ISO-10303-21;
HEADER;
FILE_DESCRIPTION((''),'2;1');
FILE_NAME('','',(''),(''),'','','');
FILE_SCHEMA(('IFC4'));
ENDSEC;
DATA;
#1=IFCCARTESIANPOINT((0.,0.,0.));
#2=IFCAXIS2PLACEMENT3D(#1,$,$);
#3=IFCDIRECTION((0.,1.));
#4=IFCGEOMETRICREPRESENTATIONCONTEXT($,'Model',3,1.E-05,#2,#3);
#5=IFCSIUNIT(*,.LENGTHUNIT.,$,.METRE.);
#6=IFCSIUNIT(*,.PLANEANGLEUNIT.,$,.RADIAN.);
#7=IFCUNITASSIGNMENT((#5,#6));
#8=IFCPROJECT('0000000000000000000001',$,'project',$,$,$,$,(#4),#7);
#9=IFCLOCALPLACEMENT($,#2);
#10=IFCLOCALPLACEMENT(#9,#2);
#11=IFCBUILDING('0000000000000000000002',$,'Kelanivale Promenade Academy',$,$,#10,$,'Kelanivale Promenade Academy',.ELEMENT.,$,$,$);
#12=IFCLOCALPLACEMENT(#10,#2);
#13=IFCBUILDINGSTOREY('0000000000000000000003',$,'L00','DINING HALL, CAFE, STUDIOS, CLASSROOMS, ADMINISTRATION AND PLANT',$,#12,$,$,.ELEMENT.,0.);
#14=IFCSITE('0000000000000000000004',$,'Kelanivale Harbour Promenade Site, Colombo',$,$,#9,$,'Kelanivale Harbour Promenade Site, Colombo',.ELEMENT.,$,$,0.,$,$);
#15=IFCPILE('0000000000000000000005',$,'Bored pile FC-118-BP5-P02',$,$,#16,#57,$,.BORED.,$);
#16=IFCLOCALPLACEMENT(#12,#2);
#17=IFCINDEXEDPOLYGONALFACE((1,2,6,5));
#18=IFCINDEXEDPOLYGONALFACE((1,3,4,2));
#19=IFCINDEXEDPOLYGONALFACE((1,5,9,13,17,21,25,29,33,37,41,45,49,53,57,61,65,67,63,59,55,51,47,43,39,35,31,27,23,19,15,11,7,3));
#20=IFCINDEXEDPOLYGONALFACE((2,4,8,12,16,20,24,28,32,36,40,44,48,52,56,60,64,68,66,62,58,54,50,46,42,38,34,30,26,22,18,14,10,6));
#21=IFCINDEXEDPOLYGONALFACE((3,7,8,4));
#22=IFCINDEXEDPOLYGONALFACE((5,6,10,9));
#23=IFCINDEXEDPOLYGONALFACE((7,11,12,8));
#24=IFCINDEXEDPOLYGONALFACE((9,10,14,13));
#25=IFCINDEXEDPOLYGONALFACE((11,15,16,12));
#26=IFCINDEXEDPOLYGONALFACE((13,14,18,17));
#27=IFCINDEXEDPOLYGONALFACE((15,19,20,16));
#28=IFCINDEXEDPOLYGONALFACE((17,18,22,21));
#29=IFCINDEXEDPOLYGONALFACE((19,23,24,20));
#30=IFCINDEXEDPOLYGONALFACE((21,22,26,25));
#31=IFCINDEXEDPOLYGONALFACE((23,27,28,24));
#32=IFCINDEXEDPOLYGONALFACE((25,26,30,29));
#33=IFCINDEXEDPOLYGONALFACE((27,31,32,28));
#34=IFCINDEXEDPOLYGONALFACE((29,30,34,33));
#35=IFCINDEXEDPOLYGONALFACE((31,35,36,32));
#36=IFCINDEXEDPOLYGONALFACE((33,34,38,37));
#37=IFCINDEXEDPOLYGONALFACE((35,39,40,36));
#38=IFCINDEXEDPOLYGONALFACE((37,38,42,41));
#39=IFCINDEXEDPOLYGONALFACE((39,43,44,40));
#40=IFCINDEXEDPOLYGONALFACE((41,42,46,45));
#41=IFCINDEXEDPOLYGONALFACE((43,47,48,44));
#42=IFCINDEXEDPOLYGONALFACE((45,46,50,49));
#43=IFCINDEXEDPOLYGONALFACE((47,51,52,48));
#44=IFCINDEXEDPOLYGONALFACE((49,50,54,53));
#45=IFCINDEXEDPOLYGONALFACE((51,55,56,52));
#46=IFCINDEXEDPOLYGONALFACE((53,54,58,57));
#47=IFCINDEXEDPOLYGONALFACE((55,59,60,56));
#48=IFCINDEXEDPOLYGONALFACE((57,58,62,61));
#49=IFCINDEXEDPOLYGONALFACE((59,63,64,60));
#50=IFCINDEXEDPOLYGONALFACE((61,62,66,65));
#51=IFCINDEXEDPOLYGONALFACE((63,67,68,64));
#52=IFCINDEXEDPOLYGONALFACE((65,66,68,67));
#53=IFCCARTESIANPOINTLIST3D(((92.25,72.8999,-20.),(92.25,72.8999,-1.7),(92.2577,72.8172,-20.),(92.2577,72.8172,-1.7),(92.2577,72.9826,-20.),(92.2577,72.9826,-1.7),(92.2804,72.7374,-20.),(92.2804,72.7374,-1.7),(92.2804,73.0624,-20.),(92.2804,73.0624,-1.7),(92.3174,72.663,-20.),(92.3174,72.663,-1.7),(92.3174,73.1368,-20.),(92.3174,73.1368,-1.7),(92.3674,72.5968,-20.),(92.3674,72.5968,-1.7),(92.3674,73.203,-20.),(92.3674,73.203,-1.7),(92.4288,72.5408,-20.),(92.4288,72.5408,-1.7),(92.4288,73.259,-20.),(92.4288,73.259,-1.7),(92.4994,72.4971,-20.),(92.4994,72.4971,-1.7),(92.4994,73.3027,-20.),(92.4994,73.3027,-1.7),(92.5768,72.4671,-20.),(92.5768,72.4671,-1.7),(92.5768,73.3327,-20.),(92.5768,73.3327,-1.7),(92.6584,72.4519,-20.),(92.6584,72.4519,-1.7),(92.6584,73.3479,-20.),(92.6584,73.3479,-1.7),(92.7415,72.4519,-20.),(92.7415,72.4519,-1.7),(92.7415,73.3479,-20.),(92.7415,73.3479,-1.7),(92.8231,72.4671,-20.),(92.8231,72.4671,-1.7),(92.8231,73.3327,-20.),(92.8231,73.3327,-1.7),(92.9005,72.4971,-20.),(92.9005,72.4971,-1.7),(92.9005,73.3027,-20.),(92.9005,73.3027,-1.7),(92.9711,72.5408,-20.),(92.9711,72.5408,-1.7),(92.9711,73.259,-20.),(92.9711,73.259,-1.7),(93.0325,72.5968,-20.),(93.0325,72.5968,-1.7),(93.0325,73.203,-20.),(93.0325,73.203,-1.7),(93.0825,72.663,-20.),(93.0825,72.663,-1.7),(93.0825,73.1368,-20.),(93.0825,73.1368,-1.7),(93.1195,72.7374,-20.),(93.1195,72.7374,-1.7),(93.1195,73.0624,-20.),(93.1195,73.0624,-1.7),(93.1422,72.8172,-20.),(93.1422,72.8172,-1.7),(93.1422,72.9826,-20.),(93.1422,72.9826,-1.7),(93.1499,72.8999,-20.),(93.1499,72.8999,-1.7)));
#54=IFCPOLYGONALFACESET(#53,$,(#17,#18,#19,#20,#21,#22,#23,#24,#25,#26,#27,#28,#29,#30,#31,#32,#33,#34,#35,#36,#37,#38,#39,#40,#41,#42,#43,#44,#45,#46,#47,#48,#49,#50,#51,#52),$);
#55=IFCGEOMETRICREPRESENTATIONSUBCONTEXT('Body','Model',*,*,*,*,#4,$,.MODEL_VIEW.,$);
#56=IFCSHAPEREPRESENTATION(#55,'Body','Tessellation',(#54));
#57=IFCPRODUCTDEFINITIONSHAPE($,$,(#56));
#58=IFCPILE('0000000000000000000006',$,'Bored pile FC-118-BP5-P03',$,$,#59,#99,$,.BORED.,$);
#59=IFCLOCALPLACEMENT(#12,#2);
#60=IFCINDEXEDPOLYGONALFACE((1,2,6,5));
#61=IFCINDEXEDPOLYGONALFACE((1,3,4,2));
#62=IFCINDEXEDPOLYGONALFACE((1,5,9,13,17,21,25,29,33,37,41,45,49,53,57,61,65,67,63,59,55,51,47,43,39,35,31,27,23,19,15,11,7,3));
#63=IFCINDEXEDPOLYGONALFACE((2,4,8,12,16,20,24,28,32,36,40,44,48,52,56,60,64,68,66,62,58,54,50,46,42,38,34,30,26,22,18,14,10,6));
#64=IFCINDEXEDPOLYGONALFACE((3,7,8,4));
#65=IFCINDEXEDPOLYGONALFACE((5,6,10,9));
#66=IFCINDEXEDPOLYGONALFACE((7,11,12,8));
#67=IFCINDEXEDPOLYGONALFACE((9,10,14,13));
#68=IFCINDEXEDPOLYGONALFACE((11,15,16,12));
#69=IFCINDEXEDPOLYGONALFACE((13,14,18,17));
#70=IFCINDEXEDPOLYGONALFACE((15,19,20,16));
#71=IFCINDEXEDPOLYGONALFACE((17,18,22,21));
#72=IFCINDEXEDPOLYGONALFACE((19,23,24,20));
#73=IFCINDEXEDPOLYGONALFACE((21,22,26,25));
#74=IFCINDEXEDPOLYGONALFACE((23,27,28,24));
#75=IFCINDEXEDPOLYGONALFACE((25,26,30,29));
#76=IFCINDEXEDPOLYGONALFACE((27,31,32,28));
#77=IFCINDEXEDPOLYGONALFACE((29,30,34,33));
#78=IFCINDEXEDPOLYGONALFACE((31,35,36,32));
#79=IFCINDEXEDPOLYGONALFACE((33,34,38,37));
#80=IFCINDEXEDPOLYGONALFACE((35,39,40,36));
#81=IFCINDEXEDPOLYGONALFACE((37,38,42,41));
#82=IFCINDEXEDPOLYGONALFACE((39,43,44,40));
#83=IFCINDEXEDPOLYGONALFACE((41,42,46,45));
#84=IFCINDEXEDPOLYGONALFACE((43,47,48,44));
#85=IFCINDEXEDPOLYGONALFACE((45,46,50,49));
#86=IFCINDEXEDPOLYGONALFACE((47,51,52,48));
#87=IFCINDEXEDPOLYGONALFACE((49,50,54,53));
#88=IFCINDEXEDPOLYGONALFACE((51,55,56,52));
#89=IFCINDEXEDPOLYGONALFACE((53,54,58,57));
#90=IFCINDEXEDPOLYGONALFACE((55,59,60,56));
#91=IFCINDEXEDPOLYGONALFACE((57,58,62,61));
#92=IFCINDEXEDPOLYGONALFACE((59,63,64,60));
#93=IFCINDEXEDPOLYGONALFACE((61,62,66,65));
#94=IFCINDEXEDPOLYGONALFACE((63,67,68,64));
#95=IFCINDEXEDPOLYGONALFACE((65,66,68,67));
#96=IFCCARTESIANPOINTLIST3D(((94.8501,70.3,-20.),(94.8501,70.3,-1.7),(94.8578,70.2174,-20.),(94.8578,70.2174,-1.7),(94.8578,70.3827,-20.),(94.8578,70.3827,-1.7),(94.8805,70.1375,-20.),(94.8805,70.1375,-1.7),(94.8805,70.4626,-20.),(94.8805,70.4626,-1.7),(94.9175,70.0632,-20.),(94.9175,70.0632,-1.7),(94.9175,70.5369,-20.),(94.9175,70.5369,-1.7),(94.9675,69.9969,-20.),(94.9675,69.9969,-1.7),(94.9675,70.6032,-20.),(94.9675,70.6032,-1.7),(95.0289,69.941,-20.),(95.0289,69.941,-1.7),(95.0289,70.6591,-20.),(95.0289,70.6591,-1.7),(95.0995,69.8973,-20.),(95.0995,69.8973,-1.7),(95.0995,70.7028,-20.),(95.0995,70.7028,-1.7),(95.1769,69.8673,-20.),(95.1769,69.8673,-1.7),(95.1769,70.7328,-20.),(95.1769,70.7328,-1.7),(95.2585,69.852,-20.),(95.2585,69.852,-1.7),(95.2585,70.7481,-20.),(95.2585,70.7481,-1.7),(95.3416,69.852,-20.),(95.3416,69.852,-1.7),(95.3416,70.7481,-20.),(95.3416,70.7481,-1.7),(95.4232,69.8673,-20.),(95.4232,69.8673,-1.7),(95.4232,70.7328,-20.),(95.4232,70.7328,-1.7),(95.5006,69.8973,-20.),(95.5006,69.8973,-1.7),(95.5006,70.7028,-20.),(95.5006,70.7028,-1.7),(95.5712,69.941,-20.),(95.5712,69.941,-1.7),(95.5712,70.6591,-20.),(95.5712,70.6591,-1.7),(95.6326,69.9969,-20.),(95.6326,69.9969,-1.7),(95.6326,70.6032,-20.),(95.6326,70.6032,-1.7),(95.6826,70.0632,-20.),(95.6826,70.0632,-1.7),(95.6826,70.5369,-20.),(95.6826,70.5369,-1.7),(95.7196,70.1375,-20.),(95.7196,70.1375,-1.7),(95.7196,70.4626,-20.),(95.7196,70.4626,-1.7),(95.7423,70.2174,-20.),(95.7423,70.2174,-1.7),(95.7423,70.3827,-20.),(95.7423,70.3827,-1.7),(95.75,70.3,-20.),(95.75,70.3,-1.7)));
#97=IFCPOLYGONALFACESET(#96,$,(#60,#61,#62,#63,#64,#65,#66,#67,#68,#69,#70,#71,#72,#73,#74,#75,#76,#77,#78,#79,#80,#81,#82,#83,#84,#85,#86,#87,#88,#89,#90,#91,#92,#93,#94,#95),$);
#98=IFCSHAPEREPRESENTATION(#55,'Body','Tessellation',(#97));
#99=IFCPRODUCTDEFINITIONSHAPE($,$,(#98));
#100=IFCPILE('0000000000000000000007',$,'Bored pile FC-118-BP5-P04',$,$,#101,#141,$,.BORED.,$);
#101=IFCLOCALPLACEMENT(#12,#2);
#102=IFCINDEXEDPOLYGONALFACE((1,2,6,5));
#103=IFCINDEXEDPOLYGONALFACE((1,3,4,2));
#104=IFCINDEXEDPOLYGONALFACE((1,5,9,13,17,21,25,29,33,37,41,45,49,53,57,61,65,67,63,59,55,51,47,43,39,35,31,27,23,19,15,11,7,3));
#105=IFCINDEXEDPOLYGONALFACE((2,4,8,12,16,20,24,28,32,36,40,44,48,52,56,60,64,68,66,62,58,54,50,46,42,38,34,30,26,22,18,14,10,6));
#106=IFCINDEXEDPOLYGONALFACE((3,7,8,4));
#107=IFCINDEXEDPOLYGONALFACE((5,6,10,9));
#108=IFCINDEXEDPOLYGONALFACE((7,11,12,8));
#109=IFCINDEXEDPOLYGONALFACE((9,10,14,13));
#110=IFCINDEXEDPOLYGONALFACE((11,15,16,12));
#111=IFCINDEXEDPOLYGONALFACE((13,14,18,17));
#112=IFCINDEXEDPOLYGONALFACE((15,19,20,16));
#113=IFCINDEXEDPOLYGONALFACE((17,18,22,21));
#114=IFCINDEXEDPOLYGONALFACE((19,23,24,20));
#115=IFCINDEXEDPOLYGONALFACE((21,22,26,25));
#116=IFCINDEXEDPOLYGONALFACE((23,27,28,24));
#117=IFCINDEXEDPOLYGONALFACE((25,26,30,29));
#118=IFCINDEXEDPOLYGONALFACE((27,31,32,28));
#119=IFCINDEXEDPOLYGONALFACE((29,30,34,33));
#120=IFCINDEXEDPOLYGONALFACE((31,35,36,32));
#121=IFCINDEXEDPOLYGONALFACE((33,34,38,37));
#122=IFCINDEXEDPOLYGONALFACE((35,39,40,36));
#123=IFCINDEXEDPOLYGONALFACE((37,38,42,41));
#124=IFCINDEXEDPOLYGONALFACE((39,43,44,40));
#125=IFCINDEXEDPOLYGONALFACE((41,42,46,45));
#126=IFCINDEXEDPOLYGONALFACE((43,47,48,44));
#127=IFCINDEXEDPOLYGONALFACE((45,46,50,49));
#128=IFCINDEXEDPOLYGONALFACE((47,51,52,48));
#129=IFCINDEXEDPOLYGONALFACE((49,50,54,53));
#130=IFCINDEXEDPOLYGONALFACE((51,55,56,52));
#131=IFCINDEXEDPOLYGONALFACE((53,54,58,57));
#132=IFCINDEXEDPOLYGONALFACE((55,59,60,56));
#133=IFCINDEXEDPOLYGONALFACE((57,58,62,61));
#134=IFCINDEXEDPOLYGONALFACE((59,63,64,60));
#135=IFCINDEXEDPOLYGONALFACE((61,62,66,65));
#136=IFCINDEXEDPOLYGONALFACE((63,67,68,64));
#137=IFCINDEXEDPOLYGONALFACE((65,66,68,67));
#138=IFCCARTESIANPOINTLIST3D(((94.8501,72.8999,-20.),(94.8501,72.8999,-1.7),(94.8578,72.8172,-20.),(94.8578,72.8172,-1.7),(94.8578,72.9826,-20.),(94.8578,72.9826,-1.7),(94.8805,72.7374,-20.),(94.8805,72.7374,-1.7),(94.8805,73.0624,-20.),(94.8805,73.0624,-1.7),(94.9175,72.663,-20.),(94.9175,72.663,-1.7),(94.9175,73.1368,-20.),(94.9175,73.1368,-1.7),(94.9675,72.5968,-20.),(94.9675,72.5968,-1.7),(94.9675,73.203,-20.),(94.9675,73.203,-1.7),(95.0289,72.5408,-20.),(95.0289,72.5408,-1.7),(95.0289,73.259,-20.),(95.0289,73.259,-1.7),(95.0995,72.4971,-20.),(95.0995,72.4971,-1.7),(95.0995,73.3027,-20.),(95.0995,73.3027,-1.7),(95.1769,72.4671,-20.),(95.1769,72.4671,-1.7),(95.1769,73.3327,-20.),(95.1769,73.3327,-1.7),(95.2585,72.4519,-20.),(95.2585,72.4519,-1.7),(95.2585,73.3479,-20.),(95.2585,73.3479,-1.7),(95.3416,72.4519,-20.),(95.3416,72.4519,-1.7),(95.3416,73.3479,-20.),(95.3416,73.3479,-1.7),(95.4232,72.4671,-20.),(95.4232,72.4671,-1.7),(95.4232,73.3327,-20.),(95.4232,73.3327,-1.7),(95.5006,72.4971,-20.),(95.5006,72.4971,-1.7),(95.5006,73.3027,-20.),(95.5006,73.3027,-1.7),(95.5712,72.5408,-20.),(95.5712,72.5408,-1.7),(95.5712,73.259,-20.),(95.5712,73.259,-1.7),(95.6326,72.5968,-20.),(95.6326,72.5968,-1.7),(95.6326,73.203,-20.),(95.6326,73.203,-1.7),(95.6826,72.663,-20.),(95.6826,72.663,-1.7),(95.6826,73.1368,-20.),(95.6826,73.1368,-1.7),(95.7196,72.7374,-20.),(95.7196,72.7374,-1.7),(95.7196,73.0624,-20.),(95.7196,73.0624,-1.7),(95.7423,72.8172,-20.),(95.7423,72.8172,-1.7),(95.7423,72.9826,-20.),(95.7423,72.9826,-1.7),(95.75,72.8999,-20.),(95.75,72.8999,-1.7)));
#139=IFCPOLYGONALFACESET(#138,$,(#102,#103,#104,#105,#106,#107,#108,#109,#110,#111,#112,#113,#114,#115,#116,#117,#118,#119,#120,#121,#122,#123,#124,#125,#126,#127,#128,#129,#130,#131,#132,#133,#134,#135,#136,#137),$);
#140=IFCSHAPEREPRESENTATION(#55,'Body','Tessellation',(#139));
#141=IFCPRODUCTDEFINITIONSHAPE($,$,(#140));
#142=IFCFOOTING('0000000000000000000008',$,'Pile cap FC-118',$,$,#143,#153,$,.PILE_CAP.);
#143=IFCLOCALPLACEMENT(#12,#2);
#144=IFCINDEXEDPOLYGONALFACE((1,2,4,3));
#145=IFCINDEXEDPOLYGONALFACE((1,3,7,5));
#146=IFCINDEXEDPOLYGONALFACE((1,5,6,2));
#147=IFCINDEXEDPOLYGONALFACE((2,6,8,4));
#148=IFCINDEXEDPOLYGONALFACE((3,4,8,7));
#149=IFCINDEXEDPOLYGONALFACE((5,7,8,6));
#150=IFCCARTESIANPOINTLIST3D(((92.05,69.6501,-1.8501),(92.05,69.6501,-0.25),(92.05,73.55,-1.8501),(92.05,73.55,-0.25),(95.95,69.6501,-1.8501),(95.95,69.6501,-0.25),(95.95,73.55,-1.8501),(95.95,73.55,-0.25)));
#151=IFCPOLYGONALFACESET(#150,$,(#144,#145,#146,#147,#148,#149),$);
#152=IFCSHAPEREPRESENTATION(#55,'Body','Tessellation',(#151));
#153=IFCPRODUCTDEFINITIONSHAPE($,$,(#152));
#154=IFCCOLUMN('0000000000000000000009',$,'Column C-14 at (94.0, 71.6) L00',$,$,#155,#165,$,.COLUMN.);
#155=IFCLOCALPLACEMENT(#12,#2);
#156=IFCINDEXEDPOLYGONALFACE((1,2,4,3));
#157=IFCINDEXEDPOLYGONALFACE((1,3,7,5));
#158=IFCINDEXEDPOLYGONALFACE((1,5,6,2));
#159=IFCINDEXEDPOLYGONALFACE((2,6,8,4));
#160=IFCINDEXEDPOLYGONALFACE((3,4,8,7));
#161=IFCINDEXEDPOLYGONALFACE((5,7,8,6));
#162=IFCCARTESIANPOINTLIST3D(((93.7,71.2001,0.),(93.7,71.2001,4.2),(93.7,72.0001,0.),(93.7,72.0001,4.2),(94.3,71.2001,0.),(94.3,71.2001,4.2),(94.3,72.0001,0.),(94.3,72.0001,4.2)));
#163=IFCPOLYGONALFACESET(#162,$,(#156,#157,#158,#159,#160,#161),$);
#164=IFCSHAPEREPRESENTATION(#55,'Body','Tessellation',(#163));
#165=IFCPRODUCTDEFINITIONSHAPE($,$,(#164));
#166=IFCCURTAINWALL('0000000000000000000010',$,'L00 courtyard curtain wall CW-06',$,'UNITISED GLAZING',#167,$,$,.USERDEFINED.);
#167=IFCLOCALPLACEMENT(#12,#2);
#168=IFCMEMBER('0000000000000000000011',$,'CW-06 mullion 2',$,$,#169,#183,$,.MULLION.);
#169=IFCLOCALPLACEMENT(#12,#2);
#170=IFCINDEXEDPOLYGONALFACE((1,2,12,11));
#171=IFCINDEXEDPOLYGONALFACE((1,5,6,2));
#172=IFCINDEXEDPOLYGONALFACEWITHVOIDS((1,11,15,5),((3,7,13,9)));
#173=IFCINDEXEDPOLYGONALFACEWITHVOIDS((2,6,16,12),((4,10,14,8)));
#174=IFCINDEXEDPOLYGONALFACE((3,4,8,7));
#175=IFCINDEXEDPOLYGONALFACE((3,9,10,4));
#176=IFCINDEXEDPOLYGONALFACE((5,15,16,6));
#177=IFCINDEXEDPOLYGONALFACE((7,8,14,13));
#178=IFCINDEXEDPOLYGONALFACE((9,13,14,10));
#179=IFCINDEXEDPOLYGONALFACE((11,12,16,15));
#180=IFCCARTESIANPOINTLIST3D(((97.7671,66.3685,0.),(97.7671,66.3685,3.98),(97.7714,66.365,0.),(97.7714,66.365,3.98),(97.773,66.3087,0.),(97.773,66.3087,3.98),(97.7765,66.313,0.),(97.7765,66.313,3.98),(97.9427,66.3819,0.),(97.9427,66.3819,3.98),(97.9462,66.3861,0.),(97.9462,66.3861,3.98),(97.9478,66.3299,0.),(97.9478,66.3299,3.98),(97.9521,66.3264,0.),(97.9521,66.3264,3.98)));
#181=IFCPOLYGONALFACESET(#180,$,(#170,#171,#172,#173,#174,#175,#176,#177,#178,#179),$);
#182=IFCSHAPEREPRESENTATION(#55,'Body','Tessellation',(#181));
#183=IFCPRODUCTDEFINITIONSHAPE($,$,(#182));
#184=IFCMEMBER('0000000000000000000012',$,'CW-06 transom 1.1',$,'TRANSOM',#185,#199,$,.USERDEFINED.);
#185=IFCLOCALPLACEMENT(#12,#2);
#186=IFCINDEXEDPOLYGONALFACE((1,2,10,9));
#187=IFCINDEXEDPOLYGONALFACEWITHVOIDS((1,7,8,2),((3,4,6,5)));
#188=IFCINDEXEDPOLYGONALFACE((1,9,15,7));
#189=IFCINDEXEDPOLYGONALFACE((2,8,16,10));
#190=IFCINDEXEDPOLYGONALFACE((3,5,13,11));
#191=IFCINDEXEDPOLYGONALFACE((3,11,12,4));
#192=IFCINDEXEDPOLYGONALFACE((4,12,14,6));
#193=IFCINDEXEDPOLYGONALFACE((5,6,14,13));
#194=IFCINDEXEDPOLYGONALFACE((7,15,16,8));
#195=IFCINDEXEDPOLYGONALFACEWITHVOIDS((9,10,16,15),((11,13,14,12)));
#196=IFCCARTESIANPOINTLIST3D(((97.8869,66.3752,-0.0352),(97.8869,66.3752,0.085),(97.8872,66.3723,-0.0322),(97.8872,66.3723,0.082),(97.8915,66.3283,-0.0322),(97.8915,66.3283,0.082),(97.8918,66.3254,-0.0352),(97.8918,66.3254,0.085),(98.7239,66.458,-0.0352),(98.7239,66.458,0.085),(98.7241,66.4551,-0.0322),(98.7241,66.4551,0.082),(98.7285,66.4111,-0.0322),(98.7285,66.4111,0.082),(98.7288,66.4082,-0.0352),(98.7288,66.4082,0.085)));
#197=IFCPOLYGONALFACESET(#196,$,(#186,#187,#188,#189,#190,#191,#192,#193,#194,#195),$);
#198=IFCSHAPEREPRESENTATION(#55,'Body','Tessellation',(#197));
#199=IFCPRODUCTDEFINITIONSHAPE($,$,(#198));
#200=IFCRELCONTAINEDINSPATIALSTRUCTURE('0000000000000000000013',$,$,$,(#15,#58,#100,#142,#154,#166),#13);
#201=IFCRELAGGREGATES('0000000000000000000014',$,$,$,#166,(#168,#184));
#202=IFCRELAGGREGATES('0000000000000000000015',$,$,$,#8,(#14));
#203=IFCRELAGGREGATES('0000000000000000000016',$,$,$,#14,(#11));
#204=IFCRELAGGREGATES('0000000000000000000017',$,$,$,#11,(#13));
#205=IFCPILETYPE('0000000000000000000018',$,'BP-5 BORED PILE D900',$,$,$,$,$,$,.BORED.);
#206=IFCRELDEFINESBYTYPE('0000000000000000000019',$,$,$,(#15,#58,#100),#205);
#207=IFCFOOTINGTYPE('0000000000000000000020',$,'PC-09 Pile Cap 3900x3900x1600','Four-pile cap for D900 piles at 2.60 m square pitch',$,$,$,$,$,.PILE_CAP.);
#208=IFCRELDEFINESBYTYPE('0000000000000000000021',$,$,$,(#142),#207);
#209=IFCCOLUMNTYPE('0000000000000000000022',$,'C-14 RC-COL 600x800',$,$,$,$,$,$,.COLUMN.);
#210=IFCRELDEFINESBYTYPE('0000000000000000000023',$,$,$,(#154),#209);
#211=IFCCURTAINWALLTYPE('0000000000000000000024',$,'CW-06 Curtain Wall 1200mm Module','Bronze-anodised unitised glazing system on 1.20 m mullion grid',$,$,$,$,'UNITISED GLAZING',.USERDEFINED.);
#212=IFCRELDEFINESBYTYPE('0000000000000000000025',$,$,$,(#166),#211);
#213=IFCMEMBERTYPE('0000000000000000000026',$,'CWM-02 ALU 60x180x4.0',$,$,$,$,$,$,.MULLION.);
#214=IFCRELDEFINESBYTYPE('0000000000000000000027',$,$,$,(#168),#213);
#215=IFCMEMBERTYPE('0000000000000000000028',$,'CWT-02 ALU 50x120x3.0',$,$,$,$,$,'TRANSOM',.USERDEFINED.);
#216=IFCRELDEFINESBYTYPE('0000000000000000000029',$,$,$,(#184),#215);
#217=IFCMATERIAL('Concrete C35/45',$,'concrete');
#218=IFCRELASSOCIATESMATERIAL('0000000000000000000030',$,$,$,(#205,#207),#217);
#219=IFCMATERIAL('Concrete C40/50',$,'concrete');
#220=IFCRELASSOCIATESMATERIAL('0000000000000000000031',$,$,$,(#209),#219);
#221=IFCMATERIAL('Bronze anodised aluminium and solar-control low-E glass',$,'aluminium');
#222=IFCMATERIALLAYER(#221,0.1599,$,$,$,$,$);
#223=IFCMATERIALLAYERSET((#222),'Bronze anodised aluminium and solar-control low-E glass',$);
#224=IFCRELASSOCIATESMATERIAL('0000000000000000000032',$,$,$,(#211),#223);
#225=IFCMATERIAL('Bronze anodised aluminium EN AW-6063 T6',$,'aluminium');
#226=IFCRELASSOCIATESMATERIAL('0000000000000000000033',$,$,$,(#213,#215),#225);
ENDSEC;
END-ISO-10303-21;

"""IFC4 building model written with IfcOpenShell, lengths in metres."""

from ifc_helpers import new_model, si_unit, direction, frame, origin, origin_2d, place, context, subcontext, project, spatial, rectangle, hollow_rectangle, circle, extrude, material, layer, layer_set, material_profile, profile_set, type_object, element, aggregate, save


model = new_model("IFC4")

# Units and contexts
model_context = context("Model", 3, precision=1e-05, world=origin(), true_north=direction((0.0, 1.0)))
body_context = subcontext(model_context, "Body", "Model", "MODEL_VIEW")
ifc_project = project(units=[si_unit("LENGTHUNIT", "METRE"), si_unit("PLANEANGLEUNIT", "RADIAN")], contexts=[model_context])

# Site, building, storey
site_placement = place(None, origin())
site = spatial("IfcSite", under=ifc_project, at=site_placement, Name="Kelanivale Harbour Promenade Site, Colombo", LongName="Kelanivale Harbour Promenade Site, Colombo", CompositionType="ELEMENT", RefElevation=0.0)
building_placement = place(site_placement, origin())
building = spatial("IfcBuilding", under=site, at=building_placement, Name="Kelanivale Promenade Academy", LongName="Kelanivale Promenade Academy", CompositionType="ELEMENT")
storey_placement = place(building_placement, origin())
storey = spatial("IfcBuildingStorey", under=building, at=storey_placement, Name="L00", Description="DINING HALL, CAFE, STUDIOS, CLASSROOMS, ADMINISTRATION AND PLANT", CompositionType="ELEMENT", Elevation=0.0)

# Piles
ifc_material_1 = material(Name="Concrete C35/45", Category="concrete")
ifc_material_profile_1 = material_profile(ifc_material_1, circle(Radius=0.45, at=origin_2d()), Name="BORED PILE D900")
ifc_profile_set_1 = profile_set([ifc_material_profile_1], Name="Concrete C35/45")
pile_type_1 = type_object("IfcPileType", Name="BP-5 BORED PILE D900", PredefinedType="BORED", material=ifc_profile_set_1)
for number, where, z_axis, x_axis, name in (
    (1, (92.7, 72.8999, -1.7), (0.0, 0.0, -1.0), (1.0, 0.0, 0.0), "Bored pile FC-118-BP5-P02"),
    (2, (95.3, 70.3, -1.7), (0.0, 0.0, -1.0), (1.0, 0.0, 0.0), "Bored pile FC-118-BP5-P03"),
    (3, (95.3, 72.8999, -1.7), (0.0, 0.0, -1.0), (1.0, 0.0, 0.0), "Bored pile FC-118-BP5-P04"),
):
    element("IfcPile", number, at=place(storey_placement, frame(where, z_axis=z_axis, x_axis=x_axis)), inside=storey, type_object=pile_type_1, Name=name, PredefinedType="BORED", context=body_context, shape_type="SweptSolid", body=[
        extrude(circle(Radius=0.45, at=origin_2d()), origin(), (0.0, 0.0, 1.0), 18.3),
    ])

# Footing
footing_type = type_object("IfcFootingType", Name="PC-09 Pile Cap 3900x3900x1600", Description="Four-pile cap for D900 piles at 2.60 m square pitch", PredefinedType="PILE_CAP", material=ifc_material_1)
footing_placement = place(storey_placement, frame((94.0, 71.6001, -1.8501), z_axis=(0.0, 0.0, 1.0), x_axis=(1.0, 0.0, 0.0)))
element("IfcFooting", 4, at=footing_placement, inside=storey, type_object=footing_type, Name="Pile cap FC-118", PredefinedType="PILE_CAP", context=body_context, shape_type="SweptSolid", body=[
    extrude(rectangle(XDim=3.8999, YDim=3.8999, at=origin_2d()), origin(), (0.0, 0.0, 1.0), 1.6001),
])

# Column
ifc_material_2 = material(Name="Concrete C40/50", Category="concrete")
ifc_material_profile_2 = material_profile(ifc_material_2, rectangle(XDim=0.6001, YDim=0.8, at=origin_2d()), Name="RC-COL 600x800")
ifc_profile_set_2 = profile_set([ifc_material_profile_2], Name="Concrete C40/50")
column_type = type_object("IfcColumnType", Name="C-14 RC-COL 600x800", PredefinedType="COLUMN", material=ifc_profile_set_2)
column_placement = place(storey_placement, frame((94.0, 71.6001, 0.0), z_axis=(0.0, 0.0, 1.0), x_axis=(1.0, 0.0, 0.0)))
element("IfcColumn", 5, at=column_placement, inside=storey, type_object=column_type, Name="Column C-14 at (94.0, 71.6) L00", PredefinedType="COLUMN", context=body_context, shape_type="SweptSolid", body=[
    extrude(rectangle(XDim=0.6001, YDim=0.8, at=origin_2d()), origin(), (0.0, 0.0, 1.0), 4.2),
])

# Curtain wall, members
ifc_material_3 = material(Name="Bronze anodised aluminium and solar-control low-E glass", Category="aluminium")
ifc_layer_1 = layer(ifc_material_3, 0.1599)
ifc_layer_set_1 = layer_set([ifc_layer_1], Name="Bronze anodised aluminium and solar-control low-E glass")
curtain_wall_type = type_object("IfcCurtainWallType", Name="CW-06 Curtain Wall 1200mm Module", Description="Bronze-anodised unitised glazing system on 1.20 m mullion grid", ElementType="UNITISED GLAZING", PredefinedType="USERDEFINED", material=ifc_layer_set_1)
curtain_wall_placement = place(storey_placement, origin())
curtain_wall = element("IfcCurtainWall", 6, at=curtain_wall_placement, inside=storey, type_object=curtain_wall_type, Name="L00 courtyard curtain wall CW-06", ObjectType="UNITISED GLAZING", PredefinedType="USERDEFINED")
ifc_material_4 = material(Name="Bronze anodised aluminium EN AW-6063 T6", Category="aluminium")
ifc_material_profile_3 = material_profile(ifc_material_4, hollow_rectangle(XDim=0.0601, YDim=0.1799, WallThickness=0.0039, at=origin_2d()), Name="ALU 60x180x4.0")
ifc_profile_set_3 = profile_set([ifc_material_profile_3], Name="Bronze anodised aluminium EN AW-6063 T6")
member_type_1 = type_object("IfcMemberType", Name="CWM-02 ALU 60x180x4.0", PredefinedType="MULLION", material=ifc_profile_set_3)
member_1_placement = place(storey_placement, frame((97.8596, 66.3474, 0.0), z_axis=(0.0, 0.0, 1.0), x_axis=(0.098281, -0.995159, 0.0)))
member_1 = element("IfcMember", 7, at=member_1_placement, type_object=member_type_1, Name="CW-06 mullion 2", PredefinedType="MULLION", context=body_context, shape_type="SweptSolid", body=[
    extrude(hollow_rectangle(XDim=0.0601, YDim=0.1799, WallThickness=0.0039, at=origin_2d()), origin(), (0.0, 0.0, 1.0), 3.98),
])
ifc_material_profile_4 = material_profile(ifc_material_4, hollow_rectangle(XDim=0.05, YDim=0.1201, WallThickness=0.0029, at=origin_2d()), Name="ALU 50x120x3.0")
ifc_profile_set_4 = profile_set([ifc_material_profile_4], Name="Bronze anodised aluminium EN AW-6063 T6")
member_type_2 = type_object("IfcMemberType", Name="CWT-02 ALU 50x120x3.0", ElementType="TRANSOM", PredefinedType="USERDEFINED", material=ifc_profile_set_4)
member_2_placement = place(storey_placement, frame((98.7263, 66.4331, 0.0249), z_axis=(-0.995146, -0.098411, 0.0), x_axis=(0.098411, -0.995146, 0.0)))
member_2 = element("IfcMember", 8, at=member_2_placement, type_object=member_type_2, Name="CW-06 transom 1.1", ObjectType="TRANSOM", PredefinedType="USERDEFINED", context=body_context, shape_type="SweptSolid", body=[
    extrude(hollow_rectangle(XDim=0.05, YDim=0.1201, WallThickness=0.0029, at=origin_2d()), origin(), (0.0, 0.0, 1.0), 0.8411),
])
aggregate(curtain_wall, [member_1, member_2])

save(model, "model.ifc")
